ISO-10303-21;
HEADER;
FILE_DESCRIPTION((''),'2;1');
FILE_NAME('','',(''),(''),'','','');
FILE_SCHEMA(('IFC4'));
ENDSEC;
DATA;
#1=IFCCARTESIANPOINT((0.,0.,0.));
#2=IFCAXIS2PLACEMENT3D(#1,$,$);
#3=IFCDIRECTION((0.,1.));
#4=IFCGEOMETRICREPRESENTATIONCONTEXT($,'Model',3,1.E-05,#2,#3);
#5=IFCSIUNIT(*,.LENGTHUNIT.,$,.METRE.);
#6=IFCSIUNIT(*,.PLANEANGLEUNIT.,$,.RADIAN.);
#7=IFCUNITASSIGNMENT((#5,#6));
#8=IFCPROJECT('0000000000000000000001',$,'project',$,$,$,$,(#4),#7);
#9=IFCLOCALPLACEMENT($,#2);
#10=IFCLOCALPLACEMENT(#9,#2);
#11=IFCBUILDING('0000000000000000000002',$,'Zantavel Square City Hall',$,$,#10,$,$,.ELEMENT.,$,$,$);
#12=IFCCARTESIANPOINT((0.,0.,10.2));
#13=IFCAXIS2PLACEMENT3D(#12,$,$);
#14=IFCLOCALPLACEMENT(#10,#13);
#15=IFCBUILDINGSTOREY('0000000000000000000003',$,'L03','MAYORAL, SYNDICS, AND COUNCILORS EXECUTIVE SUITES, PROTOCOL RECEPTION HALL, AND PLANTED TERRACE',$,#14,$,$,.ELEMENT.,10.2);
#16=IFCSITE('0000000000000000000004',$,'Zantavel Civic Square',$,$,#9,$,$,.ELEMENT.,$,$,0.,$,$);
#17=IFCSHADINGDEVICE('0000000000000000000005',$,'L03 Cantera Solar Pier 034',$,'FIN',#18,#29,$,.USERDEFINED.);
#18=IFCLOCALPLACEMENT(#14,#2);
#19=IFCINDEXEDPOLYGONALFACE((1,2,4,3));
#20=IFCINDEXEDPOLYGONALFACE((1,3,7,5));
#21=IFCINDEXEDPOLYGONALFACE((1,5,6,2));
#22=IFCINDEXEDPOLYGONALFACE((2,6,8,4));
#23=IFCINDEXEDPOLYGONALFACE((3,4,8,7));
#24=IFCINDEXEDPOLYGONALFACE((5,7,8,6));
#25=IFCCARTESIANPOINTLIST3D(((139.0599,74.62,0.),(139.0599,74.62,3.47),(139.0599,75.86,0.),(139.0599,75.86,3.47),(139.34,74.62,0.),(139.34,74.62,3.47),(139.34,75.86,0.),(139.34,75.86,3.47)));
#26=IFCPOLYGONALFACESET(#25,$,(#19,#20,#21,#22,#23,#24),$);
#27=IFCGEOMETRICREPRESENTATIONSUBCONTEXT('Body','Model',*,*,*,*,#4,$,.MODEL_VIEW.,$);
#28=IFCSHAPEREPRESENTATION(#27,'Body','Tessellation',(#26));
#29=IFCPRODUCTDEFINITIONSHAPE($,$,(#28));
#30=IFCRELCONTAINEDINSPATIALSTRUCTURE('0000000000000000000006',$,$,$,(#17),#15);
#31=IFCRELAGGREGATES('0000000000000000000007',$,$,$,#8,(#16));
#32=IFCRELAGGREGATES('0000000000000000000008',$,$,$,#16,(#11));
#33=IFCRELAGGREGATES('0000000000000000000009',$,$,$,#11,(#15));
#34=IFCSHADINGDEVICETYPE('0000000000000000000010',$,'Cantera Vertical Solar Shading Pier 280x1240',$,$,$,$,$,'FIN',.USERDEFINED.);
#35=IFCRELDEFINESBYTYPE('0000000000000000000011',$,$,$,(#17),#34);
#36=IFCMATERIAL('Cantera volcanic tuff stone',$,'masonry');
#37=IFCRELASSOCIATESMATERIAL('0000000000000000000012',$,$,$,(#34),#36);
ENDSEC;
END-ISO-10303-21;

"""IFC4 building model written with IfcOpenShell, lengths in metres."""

from ifc_helpers import new_model, si_unit, direction, frame, origin, origin_2d, place, context, subcontext, project, spatial, rectangle, extrude, material, type_object, element, save


model = new_model("IFC4")

# Units and contexts
model_context = context("Model", 3, precision=1e-05, world=origin(), true_north=direction((0.0, 1.0)))
body_context = subcontext(model_context, "Body", "Model", "MODEL_VIEW")
ifc_project = project(units=[si_unit("LENGTHUNIT", "METRE"), si_unit("PLANEANGLEUNIT", "RADIAN")], contexts=[model_context])

# Site, building, storey
site_placement = place(None, origin())
site = spatial("IfcSite", under=ifc_project, at=site_placement, Name="Zantavel Civic Square", CompositionType="ELEMENT", RefElevation=0.0)
building_placement = place(site_placement, origin())
building = spatial("IfcBuilding", under=site, at=building_placement, Name="Zantavel Square City Hall", CompositionType="ELEMENT")
storey_placement = place(building_placement, frame((0.0, 0.0, 10.2)))
storey = spatial("IfcBuildingStorey", under=building, at=storey_placement, Name="L03", Description="MAYORAL, SYNDICS, AND COUNCILORS EXECUTIVE SUITES, PROTOCOL RECEPTION HALL, AND PLANTED TERRACE", CompositionType="ELEMENT", Elevation=10.2)

# Shared definitions
ifc_material_1 = material(Name="Cantera volcanic tuff stone", Category="masonry")

# Shading device
shading_device_type = type_object("IfcShadingDeviceType", Name="Cantera Vertical Solar Shading Pier 280x1240", ElementType="FIN", PredefinedType="USERDEFINED", material=ifc_material_1)
shading_device_placement = place(storey_placement, frame((139.2, 75.24, 0.0), z_axis=(0.0, 0.0, 1.0), x_axis=(1.0, 0.0, 0.0)))
element("IfcShadingDevice", 1, at=shading_device_placement, inside=storey, type_object=shading_device_type, Name="L03 Cantera Solar Pier 034", ObjectType="FIN", PredefinedType="USERDEFINED", context=body_context, shape_type="SweptSolid", body=[
    extrude(rectangle(XDim=0.28, YDim=1.24, at=origin_2d()), origin(), (0.0, 0.0, 1.0), 3.47),
])

save(model, "model.ifc")
